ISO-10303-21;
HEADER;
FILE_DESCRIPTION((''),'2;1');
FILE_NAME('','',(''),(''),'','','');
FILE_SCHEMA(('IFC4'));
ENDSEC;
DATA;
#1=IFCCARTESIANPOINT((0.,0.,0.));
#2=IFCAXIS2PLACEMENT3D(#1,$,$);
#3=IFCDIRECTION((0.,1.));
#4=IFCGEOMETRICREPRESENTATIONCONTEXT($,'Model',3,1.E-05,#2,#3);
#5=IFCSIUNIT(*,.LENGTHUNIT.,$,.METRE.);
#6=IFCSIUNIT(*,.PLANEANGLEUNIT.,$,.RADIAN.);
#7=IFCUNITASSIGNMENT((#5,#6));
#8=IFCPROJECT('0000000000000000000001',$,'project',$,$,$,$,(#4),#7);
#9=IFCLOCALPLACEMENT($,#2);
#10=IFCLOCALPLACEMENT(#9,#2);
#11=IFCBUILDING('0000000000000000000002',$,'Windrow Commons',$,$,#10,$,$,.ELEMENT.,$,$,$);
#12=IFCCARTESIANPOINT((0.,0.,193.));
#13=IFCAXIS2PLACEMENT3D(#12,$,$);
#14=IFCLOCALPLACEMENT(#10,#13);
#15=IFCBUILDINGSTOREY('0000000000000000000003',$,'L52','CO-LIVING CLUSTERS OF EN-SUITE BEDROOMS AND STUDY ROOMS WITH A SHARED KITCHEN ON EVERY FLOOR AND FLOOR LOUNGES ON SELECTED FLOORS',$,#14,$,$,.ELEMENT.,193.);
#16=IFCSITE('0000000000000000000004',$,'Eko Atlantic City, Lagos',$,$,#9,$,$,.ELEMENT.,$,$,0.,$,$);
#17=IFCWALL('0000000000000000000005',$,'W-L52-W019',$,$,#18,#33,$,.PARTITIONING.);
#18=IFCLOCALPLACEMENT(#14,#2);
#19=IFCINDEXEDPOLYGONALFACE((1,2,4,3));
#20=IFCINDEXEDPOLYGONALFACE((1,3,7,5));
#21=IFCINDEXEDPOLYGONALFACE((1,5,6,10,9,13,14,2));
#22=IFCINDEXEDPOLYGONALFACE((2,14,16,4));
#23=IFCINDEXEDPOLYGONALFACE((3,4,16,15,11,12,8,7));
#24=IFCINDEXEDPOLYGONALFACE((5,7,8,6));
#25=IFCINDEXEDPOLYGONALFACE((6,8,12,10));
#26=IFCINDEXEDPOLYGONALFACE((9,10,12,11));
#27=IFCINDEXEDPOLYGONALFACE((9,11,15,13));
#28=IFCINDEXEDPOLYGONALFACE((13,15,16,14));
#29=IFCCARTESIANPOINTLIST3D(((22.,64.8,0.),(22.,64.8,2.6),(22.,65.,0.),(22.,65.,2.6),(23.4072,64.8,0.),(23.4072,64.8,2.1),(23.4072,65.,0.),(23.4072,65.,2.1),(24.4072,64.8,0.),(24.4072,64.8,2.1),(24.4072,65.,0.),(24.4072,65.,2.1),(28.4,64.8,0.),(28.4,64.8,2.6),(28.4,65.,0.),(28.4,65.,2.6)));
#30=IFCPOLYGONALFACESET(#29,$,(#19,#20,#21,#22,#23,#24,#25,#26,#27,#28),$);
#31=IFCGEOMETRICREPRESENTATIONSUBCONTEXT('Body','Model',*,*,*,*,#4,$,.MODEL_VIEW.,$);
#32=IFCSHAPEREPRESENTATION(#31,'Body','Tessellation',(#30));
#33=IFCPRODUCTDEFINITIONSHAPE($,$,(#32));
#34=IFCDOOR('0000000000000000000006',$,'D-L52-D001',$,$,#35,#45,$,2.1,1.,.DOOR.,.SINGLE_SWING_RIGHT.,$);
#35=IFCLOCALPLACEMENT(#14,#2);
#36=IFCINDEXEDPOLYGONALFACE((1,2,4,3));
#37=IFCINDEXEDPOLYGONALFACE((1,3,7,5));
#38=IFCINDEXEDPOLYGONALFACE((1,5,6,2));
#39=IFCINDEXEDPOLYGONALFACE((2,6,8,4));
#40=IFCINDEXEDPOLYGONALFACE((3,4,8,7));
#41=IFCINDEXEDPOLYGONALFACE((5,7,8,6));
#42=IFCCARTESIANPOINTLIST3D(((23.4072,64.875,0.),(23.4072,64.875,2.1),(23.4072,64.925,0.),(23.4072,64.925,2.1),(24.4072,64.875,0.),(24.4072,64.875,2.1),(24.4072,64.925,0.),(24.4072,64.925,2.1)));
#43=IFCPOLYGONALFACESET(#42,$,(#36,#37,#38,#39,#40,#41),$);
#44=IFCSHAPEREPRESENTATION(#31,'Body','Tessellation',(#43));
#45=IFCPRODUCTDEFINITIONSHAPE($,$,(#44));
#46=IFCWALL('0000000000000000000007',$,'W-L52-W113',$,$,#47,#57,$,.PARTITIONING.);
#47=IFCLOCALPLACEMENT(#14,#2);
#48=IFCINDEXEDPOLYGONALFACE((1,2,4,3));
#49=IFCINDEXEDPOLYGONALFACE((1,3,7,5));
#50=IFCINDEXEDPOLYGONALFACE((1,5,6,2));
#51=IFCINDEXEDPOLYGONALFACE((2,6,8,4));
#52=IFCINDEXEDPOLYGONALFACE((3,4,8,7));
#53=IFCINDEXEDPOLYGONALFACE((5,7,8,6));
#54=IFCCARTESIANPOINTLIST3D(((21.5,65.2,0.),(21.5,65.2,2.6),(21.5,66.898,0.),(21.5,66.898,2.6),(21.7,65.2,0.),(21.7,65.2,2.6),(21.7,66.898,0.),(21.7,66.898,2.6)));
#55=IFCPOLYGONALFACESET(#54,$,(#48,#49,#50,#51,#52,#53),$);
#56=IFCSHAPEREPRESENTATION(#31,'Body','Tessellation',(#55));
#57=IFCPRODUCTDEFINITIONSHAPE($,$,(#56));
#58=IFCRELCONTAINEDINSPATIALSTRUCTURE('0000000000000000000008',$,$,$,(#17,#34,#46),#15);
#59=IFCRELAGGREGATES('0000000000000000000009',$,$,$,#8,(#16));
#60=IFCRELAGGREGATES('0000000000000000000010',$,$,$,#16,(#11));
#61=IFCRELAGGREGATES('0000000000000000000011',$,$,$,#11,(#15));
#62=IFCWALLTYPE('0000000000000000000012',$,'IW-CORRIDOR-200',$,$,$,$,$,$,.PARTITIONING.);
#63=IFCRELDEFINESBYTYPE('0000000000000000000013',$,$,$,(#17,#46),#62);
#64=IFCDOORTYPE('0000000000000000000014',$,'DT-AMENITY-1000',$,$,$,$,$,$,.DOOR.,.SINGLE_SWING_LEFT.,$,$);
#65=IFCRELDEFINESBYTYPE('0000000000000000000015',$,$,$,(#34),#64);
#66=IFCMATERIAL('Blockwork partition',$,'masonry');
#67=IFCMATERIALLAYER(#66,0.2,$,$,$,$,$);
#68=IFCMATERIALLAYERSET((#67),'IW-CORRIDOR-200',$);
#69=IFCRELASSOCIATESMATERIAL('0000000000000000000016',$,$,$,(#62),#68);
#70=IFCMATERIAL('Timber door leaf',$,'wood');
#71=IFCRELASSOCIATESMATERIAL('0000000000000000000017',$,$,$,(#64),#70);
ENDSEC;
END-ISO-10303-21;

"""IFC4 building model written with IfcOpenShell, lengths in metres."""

from ifc_helpers import new_model, si_unit, direction, frame, frame_2d, origin, place, context, subcontext, project, spatial, rectangle, extrude, material, layer, layer_set, type_object, element, fill, save


model = new_model("IFC4")

# Units and contexts
model_context = context("Model", 3, precision=1e-05, world=origin(), true_north=direction((0.0, 1.0)))
body_context = subcontext(model_context, "Body", "Model", "MODEL_VIEW")
ifc_project = project(units=[si_unit("LENGTHUNIT", "METRE"), si_unit("PLANEANGLEUNIT", "RADIAN")], contexts=[model_context])

# Site, building, storey
site_placement = place(None, origin())
site = spatial("IfcSite", under=ifc_project, at=site_placement, Name="Eko Atlantic City, Lagos", CompositionType="ELEMENT", RefElevation=0.0)
building_placement = place(site_placement, origin())
building = spatial("IfcBuilding", under=site, at=building_placement, Name="Windrow Commons", CompositionType="ELEMENT")
storey_placement = place(building_placement, frame((0.0, 0.0, 193.0)))
storey = spatial("IfcBuildingStorey", under=building, at=storey_placement, Name="L52", Description="CO-LIVING CLUSTERS OF EN-SUITE BEDROOMS AND STUDY ROOMS WITH A SHARED KITCHEN ON EVERY FLOOR AND FLOOR LOUNGES ON SELECTED FLOORS", CompositionType="ELEMENT", Elevation=193.0)

# Wall, opening, door
ifc_material_1 = material(Name="Blockwork partition", Category="masonry")
ifc_layer_1 = layer(ifc_material_1, 0.2)
ifc_layer_set_1 = layer_set([ifc_layer_1], Name="IW-CORRIDOR-200")
wall_type_1 = type_object("IfcWallType", Name="IW-CORRIDOR-200", PredefinedType="PARTITIONING", material=ifc_layer_set_1)
wall_1_placement = place(storey_placement, frame((22.0, 64.9, 0.0), z_axis=(0.0, 0.0, 1.0), x_axis=(1.0, 0.0, 0.0)))
wall_1 = element("IfcWall", 1, at=wall_1_placement, inside=storey, type_object=wall_type_1, Name="W-L52-W019", PredefinedType="PARTITIONING", context=body_context, shape_type="SweptSolid", body=[
    extrude(rectangle(XDim=6.4, YDim=0.2, at=frame_2d((3.2, 0.0))), origin(), (0.0, 0.0, 1.0), 2.6),
])
opening_1_placement = place(wall_1_placement, frame((1.4072, 0.0, 0.0)))
opening_1 = element("IfcOpeningElement", 2, at=opening_1_placement, cuts=wall_1, PredefinedType="OPENING", context=body_context, shape_type="SweptSolid", body=[
    extrude(rectangle(XDim=1.0, YDim=2.1, at=frame_2d((0.5, 1.05))), frame((0.0, 0.11, 0.0), z_axis=(0.0, -1.0, 0.0), x_axis=(1.0, 0.0, 0.0)), (0.0, 0.0, 1.0), 0.22),
])
ifc_material_2 = material(Name="Timber door leaf", Category="wood")
door_type = type_object("IfcDoorType", Name="DT-AMENITY-1000", OperationType="SINGLE_SWING_LEFT", PredefinedType="DOOR", material=ifc_material_2)
door_placement = place(opening_1_placement, origin())
door = element("IfcDoor", 3, at=door_placement, inside=storey, type_object=door_type, Name="D-L52-D001", OperationType="SINGLE_SWING_RIGHT", OverallHeight=2.1, OverallWidth=1.0, PredefinedType="DOOR", context=body_context, shape_type="SweptSolid", body=[
    extrude(rectangle(XDim=1.0, YDim=2.1, at=frame_2d((0.5, 1.05))), frame((0.0, 0.025, 0.0), z_axis=(0.0, -1.0, 0.0), x_axis=(1.0, 0.0, 0.0)), (0.0, 0.0, 1.0), 0.05),
])
fill(opening_1, door)

# Wall
wall_2_placement = place(storey_placement, frame((21.6, 65.2, 0.0), z_axis=(0.0, 0.0, 1.0), x_axis=(0.0, 1.0, 0.0)))
element("IfcWall", 4, at=wall_2_placement, inside=storey, type_object=wall_type_1, Name="W-L52-W113", PredefinedType="PARTITIONING", context=body_context, shape_type="SweptSolid", body=[
    extrude(rectangle(XDim=1.698, YDim=0.2, at=frame_2d((0.849, 0.0))), origin(), (0.0, 0.0, 1.0), 2.6),
])

save(model, "model.ifc")
